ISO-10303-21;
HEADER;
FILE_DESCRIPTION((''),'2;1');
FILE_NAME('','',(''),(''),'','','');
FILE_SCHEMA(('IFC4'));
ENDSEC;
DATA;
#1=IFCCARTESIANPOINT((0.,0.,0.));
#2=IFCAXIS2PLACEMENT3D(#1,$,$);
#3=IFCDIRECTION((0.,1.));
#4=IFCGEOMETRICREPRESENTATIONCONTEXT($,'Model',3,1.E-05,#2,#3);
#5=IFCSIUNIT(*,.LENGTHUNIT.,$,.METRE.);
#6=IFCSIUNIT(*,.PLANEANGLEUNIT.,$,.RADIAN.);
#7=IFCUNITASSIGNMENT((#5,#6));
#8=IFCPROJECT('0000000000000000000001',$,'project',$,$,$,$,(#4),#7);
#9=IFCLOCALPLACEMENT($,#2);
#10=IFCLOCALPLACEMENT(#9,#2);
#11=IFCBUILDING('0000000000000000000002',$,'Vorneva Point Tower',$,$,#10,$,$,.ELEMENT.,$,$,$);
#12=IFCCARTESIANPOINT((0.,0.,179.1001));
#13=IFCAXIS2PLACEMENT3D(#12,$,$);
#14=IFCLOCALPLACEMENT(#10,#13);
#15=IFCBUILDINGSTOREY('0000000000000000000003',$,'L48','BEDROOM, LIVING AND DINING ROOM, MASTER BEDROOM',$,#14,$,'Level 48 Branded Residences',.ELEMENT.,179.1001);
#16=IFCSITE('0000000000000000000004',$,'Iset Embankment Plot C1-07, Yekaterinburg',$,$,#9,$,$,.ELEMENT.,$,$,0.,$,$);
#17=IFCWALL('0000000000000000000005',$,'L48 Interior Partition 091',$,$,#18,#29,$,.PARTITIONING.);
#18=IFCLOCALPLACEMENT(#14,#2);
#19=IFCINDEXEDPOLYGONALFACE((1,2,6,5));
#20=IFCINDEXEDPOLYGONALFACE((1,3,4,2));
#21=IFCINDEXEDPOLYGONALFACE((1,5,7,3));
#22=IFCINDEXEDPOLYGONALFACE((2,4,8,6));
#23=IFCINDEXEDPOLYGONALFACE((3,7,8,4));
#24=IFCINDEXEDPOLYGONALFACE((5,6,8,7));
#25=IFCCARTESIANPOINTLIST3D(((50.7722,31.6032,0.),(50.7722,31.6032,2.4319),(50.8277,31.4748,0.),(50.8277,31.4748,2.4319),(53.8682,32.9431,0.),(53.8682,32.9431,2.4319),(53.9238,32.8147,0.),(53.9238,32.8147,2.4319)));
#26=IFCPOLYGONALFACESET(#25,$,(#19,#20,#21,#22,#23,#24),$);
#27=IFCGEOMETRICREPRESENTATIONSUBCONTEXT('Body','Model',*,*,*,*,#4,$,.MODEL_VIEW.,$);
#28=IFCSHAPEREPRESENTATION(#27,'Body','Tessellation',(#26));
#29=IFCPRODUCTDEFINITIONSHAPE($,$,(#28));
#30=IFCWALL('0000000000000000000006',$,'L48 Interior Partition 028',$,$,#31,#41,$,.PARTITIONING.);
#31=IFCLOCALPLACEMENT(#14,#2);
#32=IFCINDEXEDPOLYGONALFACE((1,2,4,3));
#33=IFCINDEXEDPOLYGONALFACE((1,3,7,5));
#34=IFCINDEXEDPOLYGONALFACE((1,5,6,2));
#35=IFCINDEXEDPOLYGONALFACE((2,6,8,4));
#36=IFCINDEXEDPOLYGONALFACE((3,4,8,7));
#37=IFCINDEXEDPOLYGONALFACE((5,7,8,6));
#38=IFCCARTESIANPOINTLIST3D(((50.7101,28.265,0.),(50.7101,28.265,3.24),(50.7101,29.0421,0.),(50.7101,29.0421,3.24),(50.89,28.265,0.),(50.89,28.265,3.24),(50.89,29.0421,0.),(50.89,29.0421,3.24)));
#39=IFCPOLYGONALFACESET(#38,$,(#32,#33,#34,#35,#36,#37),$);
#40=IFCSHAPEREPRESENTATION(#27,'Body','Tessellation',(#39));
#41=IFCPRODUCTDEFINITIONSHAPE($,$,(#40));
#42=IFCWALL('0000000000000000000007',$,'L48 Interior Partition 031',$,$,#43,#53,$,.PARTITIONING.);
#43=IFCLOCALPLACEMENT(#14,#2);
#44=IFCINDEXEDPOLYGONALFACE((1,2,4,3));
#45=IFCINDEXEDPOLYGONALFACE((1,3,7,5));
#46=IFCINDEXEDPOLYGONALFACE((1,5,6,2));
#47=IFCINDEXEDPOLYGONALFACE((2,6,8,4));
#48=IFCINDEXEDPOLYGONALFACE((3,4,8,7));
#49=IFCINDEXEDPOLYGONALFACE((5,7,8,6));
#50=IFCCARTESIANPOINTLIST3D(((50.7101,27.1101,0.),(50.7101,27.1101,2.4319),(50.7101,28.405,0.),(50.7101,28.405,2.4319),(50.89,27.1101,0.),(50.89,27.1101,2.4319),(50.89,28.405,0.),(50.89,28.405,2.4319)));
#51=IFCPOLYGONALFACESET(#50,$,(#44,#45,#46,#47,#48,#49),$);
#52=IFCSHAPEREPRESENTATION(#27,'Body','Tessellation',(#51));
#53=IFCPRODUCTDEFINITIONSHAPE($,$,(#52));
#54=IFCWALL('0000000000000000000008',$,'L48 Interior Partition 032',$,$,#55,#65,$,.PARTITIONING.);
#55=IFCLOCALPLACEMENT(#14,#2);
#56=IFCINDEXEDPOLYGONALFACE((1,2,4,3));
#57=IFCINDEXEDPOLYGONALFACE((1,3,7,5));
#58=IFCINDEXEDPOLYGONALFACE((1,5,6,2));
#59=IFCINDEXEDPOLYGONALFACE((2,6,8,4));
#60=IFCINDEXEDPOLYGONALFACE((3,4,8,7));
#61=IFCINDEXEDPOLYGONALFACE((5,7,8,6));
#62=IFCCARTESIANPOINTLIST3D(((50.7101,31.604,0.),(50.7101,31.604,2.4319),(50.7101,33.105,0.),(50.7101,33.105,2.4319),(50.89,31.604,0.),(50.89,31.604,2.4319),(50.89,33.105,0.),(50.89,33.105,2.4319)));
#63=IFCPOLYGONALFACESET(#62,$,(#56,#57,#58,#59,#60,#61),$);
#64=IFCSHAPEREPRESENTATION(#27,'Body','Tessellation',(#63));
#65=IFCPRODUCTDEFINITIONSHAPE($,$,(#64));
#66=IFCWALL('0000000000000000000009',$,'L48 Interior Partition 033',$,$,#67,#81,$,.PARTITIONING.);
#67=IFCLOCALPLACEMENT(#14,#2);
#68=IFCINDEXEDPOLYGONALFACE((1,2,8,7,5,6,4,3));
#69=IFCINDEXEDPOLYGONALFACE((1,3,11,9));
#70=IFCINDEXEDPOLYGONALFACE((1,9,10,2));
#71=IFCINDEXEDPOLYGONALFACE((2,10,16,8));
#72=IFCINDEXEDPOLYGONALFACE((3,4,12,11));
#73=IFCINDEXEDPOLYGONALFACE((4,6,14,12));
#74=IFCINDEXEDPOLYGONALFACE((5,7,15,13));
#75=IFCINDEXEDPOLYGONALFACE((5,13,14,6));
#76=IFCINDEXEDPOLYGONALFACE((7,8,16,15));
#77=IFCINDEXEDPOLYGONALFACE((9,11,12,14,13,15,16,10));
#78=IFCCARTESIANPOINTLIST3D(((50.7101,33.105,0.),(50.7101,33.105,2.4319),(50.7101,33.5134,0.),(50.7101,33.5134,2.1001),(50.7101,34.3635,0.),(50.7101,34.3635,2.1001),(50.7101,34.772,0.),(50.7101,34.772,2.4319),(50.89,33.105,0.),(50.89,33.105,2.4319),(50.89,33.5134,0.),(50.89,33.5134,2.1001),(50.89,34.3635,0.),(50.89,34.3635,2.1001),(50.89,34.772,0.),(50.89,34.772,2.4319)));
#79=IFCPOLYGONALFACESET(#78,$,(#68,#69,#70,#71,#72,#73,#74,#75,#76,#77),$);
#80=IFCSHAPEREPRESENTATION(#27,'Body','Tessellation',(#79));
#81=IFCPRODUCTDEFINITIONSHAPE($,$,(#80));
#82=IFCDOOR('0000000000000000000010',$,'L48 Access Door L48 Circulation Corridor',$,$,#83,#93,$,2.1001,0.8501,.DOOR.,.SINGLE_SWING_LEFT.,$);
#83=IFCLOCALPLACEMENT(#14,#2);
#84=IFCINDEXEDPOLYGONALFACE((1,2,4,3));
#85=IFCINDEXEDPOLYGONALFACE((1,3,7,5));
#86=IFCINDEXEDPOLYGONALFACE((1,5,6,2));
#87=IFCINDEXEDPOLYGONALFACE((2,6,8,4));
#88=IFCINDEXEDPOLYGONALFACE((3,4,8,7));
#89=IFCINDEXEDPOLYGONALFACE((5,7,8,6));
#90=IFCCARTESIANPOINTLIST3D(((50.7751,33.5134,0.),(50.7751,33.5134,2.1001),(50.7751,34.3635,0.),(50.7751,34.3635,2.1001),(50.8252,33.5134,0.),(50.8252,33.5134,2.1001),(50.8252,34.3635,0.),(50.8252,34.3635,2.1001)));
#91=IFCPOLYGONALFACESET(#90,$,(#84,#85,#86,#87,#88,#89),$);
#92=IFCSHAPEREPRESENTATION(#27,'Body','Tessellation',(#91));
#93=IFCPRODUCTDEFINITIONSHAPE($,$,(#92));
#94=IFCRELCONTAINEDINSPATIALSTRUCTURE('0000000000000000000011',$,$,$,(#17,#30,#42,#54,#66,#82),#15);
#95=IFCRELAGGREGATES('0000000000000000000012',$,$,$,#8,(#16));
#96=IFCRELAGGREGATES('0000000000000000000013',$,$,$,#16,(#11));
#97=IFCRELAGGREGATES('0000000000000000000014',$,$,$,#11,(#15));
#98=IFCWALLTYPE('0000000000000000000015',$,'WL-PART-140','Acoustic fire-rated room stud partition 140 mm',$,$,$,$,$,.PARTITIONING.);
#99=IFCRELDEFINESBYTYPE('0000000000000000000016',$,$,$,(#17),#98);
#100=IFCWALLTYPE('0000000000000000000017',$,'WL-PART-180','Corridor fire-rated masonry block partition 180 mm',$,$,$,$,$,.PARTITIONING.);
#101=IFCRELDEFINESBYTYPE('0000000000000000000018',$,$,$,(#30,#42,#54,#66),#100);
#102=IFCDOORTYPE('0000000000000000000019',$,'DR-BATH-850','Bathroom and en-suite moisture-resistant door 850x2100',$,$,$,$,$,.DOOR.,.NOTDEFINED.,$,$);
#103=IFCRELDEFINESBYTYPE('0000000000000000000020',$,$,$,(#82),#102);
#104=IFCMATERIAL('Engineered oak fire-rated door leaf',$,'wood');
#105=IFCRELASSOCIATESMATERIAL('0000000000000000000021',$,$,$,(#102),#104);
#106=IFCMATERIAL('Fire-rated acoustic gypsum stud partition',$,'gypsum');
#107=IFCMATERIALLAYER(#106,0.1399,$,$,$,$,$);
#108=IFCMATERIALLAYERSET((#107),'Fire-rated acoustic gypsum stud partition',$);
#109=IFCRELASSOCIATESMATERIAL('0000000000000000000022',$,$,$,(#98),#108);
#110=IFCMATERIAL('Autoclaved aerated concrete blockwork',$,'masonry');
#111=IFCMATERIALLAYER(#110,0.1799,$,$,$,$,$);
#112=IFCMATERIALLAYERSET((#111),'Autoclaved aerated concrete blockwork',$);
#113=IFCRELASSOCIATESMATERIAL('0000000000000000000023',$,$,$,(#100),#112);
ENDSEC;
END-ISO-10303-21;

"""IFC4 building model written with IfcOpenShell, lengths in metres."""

from ifc_helpers import new_model, si_unit, direction, frame, frame_2d, origin, place, context, subcontext, project, spatial, rectangle, extrude, material, layer, layer_set, type_object, element, fill, save


model = new_model("IFC4")

# Units and contexts
model_context = context("Model", 3, precision=1e-05, world=origin(), true_north=direction((0.0, 1.0)))
body_context = subcontext(model_context, "Body", "Model", "MODEL_VIEW")
ifc_project = project(units=[si_unit("LENGTHUNIT", "METRE"), si_unit("PLANEANGLEUNIT", "RADIAN")], contexts=[model_context])

# Site, building, storey
site_placement = place(None, origin())
site = spatial("IfcSite", under=ifc_project, at=site_placement, Name="Iset Embankment Plot C1-07, Yekaterinburg", CompositionType="ELEMENT", RefElevation=0.0)
building_placement = place(site_placement, origin())
building = spatial("IfcBuilding", under=site, at=building_placement, Name="Vorneva Point Tower", CompositionType="ELEMENT")
storey_placement = place(building_placement, frame((0.0, 0.0, 179.1001)))
storey = spatial("IfcBuildingStorey", under=building, at=storey_placement, Name="L48", Description="BEDROOM, LIVING AND DINING ROOM, MASTER BEDROOM", LongName="Level 48 Branded Residences", CompositionType="ELEMENT", Elevation=179.1001)

# Shared definitions
ifc_material_1 = material(Name="Fire-rated acoustic gypsum stud partition", Category="gypsum")
ifc_material_2 = material(Name="Engineered oak fire-rated door leaf", Category="wood")
door_type_1 = type_object("IfcDoorType", Name="DR-BATH-850", Description="Bathroom and en-suite moisture-resistant door 850x2100", OperationType="NOTDEFINED", PredefinedType="DOOR", material=ifc_material_2)

# Shared definitions
ifc_layer_1 = layer(ifc_material_1, 0.1399)
ifc_layer_set_1 = layer_set([ifc_layer_1], Name="Fire-rated acoustic gypsum stud partition")
wall_type_1 = type_object("IfcWallType", Name="WL-PART-140", Description="Acoustic fire-rated room stud partition 140 mm", PredefinedType="PARTITIONING", material=ifc_layer_set_1)

# Walls
wall_1_placement = place(storey_placement, frame((53.896, 32.8789, 0.0), z_axis=(0.0, 0.0, 1.0), x_axis=(-0.917743, -0.397175, 0.0)))
element("IfcWall", 1, at=wall_1_placement, inside=storey, type_object=wall_type_1, Name="L48 Interior Partition 091", PredefinedType="PARTITIONING", context=body_context, shape_type="SweptSolid", body=[
    extrude(rectangle(XDim=3.3735, YDim=0.1399, at=frame_2d((1.6868, 0.0))), origin(), (0.0, 0.0, 1.0), 2.4319),
])
ifc_material_3 = material(Name="Autoclaved aerated concrete blockwork", Category="masonry")
ifc_layer_2 = layer(ifc_material_3, 0.1799)
ifc_layer_set_2 = layer_set([ifc_layer_2], Name="Autoclaved aerated concrete blockwork")
wall_type_2 = type_object("IfcWallType", Name="WL-PART-180", Description="Corridor fire-rated masonry block partition 180 mm", PredefinedType="PARTITIONING", material=ifc_layer_set_2)
wall_2_placement = place(storey_placement, frame((50.8, 28.2649, 0.0), z_axis=(0.0, 0.0, 1.0), x_axis=(0.0, 1.0, 0.0)))
element("IfcWall", 2, at=wall_2_placement, inside=storey, type_object=wall_type_2, Name="L48 Interior Partition 028", PredefinedType="PARTITIONING", context=body_context, shape_type="SweptSolid", body=[
    extrude(rectangle(XDim=0.7771, YDim=0.1799, at=frame_2d((0.3887, 0.0))), origin(), (0.0, 0.0, 1.0), 3.24),
])

# Walls
wall_3_placement = place(storey_placement, frame((50.8, 27.1101, 0.0), z_axis=(0.0, 0.0, 1.0), x_axis=(0.0, 1.0, 0.0)))
element("IfcWall", 3, at=wall_3_placement, inside=storey, type_object=wall_type_2, Name="L48 Interior Partition 031", PredefinedType="PARTITIONING", context=body_context, shape_type="SweptSolid", body=[
    extrude(rectangle(XDim=1.2949, YDim=0.1799, at=frame_2d((0.6475, 0.0))), origin(), (0.0, 0.0, 1.0), 2.4319),
])
wall_4_placement = place(storey_placement, frame((50.8, 31.604, 0.0), z_axis=(0.0, 0.0, 1.0), x_axis=(0.0, 1.0, 0.0)))
element("IfcWall", 4, at=wall_4_placement, inside=storey, type_object=wall_type_2, Name="L48 Interior Partition 032", PredefinedType="PARTITIONING", context=body_context, shape_type="SweptSolid", body=[
    extrude(rectangle(XDim=1.501, YDim=0.1799, at=frame_2d((0.7505, 0.0))), origin(), (0.0, 0.0, 1.0), 2.4319),
])

# Wall, opening, door
wall_5_placement = place(storey_placement, frame((50.8, 33.105, 0.0), z_axis=(0.0, 0.0, 1.0), x_axis=(0.0, 1.0, 0.0)))
wall_5 = element("IfcWall", 5, at=wall_5_placement, inside=storey, type_object=wall_type_2, Name="L48 Interior Partition 033", PredefinedType="PARTITIONING", context=body_context, shape_type="SweptSolid", body=[
    extrude(rectangle(XDim=1.667, YDim=0.1799, at=frame_2d((0.8335, 0.0))), origin(), (0.0, 0.0, 1.0), 2.4319),
])
opening_1_placement = place(wall_5_placement, frame((0.4084, 0.0, 0.0)))
opening_1 = element("IfcOpeningElement", 6, at=opening_1_placement, cuts=wall_5, PredefinedType="OPENING", context=body_context, shape_type="SweptSolid", body=[
    extrude(rectangle(XDim=0.8501, YDim=2.1001, at=frame_2d((0.425, 1.05))), frame((0.0, 0.105, 0.0), z_axis=(0.0, -1.0, 0.0), x_axis=(1.0, 0.0, 0.0)), (0.0, 0.0, 1.0), 0.2097),
])
door_1_placement = place(opening_1_placement, origin())
door_1 = element("IfcDoor", 7, at=door_1_placement, inside=storey, type_object=door_type_1, Name="L48 Access Door L48 Circulation Corridor", OperationType="SINGLE_SWING_LEFT", OverallHeight=2.1001, OverallWidth=0.8501, PredefinedType="DOOR", context=body_context, shape_type="SweptSolid", body=[
    extrude(rectangle(XDim=0.8501, YDim=2.1001, at=frame_2d((0.425, 1.05))), frame((0.0, 0.0249, 0.0), z_axis=(0.0, -1.0, 0.0), x_axis=(1.0, 0.0, 0.0)), (0.0, 0.0, 1.0), 0.05),
])
fill(opening_1, door_1)

save(model, "model.ifc")
